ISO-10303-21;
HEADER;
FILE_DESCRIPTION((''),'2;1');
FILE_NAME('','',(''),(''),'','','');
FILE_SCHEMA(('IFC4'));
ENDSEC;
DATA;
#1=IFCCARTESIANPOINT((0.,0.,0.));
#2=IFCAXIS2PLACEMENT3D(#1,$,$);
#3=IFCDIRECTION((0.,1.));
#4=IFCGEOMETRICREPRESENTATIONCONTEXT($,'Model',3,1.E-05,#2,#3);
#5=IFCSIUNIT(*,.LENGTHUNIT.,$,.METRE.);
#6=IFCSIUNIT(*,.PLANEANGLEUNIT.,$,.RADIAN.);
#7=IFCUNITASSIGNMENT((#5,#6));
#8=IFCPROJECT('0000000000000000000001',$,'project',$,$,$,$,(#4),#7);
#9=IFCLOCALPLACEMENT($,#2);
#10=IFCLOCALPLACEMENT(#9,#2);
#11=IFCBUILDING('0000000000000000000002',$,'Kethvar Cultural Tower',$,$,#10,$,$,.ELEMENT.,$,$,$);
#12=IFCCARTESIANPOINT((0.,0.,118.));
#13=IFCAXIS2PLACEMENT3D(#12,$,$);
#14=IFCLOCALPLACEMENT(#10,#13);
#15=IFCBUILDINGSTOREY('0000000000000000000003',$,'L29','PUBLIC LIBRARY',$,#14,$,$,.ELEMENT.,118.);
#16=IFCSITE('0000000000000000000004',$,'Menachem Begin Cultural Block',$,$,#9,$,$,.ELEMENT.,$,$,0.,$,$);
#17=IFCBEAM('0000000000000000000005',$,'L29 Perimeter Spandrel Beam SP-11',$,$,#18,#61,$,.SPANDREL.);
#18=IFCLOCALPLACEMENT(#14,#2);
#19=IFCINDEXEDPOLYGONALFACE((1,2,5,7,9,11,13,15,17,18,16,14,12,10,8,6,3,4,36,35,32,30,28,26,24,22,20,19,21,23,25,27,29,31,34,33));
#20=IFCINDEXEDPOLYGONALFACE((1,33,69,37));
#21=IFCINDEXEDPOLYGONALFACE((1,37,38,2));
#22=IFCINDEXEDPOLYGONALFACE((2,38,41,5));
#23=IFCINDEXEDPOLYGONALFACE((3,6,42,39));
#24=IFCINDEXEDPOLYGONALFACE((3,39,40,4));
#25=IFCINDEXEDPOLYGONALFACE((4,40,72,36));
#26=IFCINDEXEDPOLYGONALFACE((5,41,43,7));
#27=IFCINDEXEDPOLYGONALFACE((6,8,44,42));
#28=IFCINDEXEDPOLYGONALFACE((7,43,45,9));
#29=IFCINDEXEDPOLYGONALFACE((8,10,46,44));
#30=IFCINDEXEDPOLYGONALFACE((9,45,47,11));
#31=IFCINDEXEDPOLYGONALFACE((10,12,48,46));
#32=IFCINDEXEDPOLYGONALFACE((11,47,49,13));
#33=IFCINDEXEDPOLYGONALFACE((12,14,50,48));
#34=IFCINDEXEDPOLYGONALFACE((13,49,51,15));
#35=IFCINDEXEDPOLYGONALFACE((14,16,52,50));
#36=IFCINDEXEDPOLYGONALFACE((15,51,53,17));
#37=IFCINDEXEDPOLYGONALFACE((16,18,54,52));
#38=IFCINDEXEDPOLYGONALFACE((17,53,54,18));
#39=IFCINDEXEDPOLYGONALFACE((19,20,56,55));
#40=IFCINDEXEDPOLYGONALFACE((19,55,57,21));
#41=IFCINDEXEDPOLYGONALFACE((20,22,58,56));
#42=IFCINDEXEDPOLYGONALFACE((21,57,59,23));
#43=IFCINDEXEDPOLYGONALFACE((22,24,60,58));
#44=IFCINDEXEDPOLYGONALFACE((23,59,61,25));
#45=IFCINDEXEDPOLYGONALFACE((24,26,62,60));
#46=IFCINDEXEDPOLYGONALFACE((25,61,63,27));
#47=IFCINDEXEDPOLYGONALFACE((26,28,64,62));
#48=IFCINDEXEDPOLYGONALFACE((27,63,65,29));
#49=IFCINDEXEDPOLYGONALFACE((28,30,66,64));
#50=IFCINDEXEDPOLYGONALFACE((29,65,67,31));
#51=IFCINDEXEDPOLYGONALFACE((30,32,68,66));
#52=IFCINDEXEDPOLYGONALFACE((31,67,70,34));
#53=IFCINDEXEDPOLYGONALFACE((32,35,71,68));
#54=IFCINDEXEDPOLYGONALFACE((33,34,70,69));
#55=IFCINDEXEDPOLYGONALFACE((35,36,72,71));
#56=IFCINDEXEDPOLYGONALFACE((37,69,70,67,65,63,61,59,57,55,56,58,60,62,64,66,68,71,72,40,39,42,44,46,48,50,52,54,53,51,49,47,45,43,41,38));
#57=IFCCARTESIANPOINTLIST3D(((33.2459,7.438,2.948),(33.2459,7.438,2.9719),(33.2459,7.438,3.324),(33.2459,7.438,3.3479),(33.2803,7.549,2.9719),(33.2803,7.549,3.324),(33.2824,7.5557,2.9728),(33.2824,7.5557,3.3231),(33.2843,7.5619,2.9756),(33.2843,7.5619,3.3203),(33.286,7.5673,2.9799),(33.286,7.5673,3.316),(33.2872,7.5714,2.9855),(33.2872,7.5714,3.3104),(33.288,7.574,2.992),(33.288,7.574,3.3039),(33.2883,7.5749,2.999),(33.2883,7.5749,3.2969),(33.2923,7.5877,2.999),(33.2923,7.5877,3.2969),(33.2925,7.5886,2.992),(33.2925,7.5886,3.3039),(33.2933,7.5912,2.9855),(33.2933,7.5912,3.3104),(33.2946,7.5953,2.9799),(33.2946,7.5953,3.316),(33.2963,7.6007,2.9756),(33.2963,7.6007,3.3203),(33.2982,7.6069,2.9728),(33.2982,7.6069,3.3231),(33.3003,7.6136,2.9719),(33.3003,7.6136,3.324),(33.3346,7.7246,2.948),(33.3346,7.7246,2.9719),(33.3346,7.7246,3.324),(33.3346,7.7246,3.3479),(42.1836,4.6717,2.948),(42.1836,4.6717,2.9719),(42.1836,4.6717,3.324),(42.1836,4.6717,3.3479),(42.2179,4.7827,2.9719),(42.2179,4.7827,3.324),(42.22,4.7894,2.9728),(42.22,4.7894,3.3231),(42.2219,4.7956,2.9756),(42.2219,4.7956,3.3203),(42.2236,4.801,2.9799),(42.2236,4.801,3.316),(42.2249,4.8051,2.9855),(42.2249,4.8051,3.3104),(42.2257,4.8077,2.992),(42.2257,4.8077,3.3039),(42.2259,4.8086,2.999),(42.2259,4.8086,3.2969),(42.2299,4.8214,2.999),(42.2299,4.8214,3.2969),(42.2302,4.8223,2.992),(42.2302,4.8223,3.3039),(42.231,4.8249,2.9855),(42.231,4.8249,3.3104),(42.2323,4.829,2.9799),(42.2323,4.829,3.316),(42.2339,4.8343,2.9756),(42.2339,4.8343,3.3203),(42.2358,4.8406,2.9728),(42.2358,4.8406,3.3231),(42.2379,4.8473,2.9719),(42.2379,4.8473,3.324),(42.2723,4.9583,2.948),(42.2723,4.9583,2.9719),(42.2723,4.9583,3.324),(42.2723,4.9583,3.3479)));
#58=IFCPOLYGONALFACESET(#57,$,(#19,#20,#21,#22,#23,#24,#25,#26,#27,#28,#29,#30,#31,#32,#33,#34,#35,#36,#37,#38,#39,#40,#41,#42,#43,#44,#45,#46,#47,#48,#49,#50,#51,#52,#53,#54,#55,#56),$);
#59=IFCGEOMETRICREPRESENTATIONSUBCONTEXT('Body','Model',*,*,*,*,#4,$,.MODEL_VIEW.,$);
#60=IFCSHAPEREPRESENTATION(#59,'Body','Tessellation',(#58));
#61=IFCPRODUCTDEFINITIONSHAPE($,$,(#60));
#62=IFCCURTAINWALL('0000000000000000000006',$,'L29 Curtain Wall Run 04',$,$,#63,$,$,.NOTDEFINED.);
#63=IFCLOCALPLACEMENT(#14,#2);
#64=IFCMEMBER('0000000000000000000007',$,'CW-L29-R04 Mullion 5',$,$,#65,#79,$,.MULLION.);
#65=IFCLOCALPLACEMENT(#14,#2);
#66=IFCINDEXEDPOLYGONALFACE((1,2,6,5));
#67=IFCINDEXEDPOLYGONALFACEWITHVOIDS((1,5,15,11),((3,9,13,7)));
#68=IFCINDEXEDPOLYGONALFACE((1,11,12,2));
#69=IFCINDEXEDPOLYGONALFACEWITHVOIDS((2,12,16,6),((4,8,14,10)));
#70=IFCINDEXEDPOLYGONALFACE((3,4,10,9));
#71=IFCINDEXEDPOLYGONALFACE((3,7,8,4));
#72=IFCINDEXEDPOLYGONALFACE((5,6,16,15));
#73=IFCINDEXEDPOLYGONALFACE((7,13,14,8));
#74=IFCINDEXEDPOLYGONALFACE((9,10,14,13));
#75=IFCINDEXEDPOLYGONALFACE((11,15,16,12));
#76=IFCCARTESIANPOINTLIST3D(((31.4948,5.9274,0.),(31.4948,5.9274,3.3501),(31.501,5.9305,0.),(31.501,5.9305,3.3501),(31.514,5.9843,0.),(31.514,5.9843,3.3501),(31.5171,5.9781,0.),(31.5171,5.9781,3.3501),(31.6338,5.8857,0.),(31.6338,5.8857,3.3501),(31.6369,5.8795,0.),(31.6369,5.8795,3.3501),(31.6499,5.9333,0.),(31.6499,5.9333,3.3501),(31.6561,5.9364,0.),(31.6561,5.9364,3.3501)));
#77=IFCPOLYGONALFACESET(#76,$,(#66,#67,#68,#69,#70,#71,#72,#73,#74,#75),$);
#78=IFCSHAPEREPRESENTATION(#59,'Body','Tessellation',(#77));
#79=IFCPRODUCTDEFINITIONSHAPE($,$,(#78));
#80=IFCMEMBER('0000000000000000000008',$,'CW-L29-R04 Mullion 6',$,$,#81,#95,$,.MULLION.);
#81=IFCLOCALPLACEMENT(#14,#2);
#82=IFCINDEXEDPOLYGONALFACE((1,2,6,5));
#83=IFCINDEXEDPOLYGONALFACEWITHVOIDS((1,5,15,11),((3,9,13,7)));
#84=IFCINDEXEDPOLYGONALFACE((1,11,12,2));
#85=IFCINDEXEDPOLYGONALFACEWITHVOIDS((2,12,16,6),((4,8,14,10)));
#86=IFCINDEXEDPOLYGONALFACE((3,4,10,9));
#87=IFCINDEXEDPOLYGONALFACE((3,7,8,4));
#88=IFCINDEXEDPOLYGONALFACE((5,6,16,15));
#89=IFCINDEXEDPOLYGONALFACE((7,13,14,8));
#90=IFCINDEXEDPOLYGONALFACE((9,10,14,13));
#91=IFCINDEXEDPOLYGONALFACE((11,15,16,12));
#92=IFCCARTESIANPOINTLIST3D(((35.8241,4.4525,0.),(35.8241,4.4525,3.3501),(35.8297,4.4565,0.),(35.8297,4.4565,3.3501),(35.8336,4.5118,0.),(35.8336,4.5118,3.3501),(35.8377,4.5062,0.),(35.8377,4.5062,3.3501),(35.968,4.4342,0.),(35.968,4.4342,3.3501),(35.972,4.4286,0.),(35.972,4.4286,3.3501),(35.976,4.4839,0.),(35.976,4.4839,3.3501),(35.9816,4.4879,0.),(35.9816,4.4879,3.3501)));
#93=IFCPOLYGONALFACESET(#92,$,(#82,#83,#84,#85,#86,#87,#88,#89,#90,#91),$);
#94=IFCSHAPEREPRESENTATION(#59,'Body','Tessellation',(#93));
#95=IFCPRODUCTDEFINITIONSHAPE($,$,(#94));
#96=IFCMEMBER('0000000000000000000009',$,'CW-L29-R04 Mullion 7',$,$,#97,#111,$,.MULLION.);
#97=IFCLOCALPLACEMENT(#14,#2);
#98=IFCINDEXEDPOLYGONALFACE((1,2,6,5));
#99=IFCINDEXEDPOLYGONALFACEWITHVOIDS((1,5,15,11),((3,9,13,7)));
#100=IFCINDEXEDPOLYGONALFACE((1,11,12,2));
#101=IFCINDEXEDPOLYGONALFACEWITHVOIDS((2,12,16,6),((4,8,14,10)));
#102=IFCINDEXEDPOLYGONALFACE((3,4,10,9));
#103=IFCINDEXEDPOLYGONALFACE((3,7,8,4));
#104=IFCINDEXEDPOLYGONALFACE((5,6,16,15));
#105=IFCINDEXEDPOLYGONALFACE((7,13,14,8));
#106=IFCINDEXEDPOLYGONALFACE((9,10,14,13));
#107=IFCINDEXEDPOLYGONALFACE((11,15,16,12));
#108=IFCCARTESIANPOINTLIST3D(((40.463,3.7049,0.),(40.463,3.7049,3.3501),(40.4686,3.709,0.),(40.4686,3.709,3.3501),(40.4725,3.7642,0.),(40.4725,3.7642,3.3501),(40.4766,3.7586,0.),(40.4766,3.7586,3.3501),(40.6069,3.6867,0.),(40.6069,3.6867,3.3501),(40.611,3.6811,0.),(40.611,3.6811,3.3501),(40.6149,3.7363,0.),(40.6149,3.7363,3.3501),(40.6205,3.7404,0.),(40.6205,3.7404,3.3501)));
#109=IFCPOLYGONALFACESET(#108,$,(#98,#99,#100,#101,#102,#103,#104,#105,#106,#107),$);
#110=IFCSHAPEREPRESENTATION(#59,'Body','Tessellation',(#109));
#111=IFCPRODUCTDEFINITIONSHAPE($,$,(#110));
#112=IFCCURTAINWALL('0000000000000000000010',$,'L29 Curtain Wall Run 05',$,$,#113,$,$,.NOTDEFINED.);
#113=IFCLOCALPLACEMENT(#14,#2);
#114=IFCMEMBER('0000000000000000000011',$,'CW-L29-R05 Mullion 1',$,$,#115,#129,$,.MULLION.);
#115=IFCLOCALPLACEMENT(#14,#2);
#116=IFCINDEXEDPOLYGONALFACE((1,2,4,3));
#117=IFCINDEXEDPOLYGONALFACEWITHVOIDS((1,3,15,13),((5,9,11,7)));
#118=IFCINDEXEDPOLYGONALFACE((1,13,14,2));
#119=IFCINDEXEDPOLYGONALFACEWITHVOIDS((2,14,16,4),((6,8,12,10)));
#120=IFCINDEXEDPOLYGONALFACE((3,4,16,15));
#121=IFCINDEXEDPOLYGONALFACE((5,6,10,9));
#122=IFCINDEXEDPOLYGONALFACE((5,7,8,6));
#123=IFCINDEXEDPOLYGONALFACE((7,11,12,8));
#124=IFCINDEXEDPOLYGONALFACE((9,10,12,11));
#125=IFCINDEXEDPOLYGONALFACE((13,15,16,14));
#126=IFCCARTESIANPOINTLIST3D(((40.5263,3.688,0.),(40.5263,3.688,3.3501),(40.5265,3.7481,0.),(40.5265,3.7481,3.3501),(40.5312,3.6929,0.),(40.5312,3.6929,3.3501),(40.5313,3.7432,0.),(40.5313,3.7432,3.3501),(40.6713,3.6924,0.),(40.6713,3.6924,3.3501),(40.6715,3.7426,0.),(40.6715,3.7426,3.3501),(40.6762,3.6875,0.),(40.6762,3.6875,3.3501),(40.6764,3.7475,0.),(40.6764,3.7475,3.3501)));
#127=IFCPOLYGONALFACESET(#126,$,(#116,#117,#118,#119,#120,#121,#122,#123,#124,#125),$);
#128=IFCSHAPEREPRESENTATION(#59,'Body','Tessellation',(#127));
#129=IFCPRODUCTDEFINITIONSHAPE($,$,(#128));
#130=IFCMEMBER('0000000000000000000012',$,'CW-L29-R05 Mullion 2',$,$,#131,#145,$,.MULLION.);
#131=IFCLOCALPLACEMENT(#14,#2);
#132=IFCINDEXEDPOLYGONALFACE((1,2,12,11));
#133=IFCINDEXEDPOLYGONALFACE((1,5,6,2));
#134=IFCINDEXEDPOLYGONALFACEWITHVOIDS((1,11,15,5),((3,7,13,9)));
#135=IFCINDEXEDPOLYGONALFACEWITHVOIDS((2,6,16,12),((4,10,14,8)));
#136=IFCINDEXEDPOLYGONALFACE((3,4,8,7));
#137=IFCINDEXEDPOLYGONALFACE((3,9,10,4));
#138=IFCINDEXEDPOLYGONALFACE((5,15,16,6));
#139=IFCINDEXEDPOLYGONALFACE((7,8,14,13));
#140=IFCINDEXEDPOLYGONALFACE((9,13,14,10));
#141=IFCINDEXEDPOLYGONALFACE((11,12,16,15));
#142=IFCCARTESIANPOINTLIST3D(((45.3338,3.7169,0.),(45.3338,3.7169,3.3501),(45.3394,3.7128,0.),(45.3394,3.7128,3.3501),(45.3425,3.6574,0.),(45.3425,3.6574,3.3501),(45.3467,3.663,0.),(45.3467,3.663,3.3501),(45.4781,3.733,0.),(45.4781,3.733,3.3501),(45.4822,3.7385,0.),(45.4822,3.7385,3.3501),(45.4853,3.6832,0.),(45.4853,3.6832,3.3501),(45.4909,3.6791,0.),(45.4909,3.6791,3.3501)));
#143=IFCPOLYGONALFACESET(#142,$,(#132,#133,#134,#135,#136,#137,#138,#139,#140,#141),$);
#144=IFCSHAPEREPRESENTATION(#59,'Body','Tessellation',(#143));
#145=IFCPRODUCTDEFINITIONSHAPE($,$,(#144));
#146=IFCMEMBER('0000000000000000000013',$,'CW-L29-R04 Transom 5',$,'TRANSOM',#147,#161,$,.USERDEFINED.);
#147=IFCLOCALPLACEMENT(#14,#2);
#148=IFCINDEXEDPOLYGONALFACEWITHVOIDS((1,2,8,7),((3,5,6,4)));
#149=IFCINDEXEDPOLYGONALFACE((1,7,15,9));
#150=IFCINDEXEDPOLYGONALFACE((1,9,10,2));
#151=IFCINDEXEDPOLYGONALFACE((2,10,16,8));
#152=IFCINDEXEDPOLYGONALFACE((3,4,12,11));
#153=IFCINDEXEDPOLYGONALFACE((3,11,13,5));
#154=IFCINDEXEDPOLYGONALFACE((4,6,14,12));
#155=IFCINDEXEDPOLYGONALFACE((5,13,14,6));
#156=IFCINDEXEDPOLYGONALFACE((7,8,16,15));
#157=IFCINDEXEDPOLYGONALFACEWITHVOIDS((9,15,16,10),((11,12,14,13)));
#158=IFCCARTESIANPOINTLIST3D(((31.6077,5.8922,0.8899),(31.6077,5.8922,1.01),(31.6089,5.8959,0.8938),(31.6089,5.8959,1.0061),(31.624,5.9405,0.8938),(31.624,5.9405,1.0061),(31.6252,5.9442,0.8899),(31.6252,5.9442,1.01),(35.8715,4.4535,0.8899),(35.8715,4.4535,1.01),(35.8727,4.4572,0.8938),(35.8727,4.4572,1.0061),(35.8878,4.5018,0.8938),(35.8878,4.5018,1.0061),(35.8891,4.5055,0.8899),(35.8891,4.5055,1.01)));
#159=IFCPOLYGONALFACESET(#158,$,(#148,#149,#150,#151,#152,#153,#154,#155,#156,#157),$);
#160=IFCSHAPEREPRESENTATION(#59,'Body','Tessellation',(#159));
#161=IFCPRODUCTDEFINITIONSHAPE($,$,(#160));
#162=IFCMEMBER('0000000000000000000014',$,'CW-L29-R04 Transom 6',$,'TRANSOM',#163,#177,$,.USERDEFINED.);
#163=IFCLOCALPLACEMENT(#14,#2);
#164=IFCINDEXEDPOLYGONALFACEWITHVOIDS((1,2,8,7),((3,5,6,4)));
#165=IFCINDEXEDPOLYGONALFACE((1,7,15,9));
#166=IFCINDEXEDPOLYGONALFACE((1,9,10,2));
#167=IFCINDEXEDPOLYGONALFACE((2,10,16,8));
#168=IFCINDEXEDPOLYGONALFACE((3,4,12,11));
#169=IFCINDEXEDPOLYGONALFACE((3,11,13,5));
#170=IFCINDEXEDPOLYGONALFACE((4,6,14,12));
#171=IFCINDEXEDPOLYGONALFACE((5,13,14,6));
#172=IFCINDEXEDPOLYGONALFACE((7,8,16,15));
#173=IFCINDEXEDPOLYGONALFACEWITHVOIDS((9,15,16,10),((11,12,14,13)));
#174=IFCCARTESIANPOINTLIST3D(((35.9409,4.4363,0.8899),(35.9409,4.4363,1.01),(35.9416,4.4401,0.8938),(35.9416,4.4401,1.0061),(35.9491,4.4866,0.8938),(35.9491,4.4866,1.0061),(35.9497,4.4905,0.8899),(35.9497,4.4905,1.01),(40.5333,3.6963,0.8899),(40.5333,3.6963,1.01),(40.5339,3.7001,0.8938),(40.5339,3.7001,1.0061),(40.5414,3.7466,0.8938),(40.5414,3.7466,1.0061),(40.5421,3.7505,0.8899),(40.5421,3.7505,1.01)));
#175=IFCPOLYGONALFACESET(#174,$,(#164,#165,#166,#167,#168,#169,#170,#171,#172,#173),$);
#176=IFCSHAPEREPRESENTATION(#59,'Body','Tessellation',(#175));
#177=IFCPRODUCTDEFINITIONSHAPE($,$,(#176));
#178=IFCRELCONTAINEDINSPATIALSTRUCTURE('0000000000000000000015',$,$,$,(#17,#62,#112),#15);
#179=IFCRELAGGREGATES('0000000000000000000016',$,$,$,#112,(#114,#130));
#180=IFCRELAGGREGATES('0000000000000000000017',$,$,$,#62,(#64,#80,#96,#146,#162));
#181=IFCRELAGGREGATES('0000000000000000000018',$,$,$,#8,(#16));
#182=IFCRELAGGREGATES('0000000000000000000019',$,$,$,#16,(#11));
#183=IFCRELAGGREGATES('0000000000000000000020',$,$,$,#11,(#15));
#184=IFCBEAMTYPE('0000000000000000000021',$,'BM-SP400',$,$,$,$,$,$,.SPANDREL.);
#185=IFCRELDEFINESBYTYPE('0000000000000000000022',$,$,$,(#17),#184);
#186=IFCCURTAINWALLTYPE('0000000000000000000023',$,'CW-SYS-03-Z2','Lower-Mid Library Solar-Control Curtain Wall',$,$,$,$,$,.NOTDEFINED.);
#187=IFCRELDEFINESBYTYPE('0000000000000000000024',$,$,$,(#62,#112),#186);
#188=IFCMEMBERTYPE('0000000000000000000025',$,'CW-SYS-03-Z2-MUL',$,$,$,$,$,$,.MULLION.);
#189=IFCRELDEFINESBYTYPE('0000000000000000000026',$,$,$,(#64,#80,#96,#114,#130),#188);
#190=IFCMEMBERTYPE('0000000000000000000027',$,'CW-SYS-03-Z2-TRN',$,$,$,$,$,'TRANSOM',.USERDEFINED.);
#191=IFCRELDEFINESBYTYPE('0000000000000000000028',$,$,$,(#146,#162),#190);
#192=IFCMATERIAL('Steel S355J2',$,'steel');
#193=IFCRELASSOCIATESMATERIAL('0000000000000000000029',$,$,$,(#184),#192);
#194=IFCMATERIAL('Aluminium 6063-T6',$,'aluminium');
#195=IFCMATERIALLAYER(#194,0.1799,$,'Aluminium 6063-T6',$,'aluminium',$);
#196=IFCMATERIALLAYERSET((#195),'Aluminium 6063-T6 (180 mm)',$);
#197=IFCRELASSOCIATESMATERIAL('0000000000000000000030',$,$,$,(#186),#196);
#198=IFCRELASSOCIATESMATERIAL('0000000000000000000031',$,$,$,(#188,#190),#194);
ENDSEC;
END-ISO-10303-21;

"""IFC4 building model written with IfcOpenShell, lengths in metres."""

from ifc_helpers import new_model, si_unit, direction, frame, origin, origin_2d, place, context, subcontext, project, spatial, hollow_rectangle, i_section, extrude, source, transform, mapped, material, layer, layer_set, material_profile, profile_set, type_object, element, aggregate, save


model = new_model("IFC4")

# Units and contexts
model_context = context("Model", 3, precision=1e-05, world=origin(), true_north=direction((0.0, 1.0)))
body_context = subcontext(model_context, "Body", "Model", "MODEL_VIEW")
ifc_project = project(units=[si_unit("LENGTHUNIT", "METRE"), si_unit("PLANEANGLEUNIT", "RADIAN")], contexts=[model_context])

# Site, building, storey
site_placement = place(None, origin())
site = spatial("IfcSite", under=ifc_project, at=site_placement, Name="Menachem Begin Cultural Block", CompositionType="ELEMENT", RefElevation=0.0)
building_placement = place(site_placement, origin())
building = spatial("IfcBuilding", under=site, at=building_placement, Name="Kethvar Cultural Tower", CompositionType="ELEMENT")
storey_placement = place(building_placement, frame((0.0, 0.0, 118.0)))
storey = spatial("IfcBuildingStorey", under=building, at=storey_placement, Name="L29", Description="PUBLIC LIBRARY", CompositionType="ELEMENT", Elevation=118.0)

# Beam
ifc_material_1 = material(Name="Steel S355J2", Category="steel")
ifc_material_profile_1 = material_profile(ifc_material_1, i_section(OverallWidth=0.3, OverallDepth=0.3999, WebThickness=0.0134, FlangeThickness=0.0239, FilletRadius=0.0271, at=origin_2d()), Name="Steel S355J2 — HEB400")
ifc_profile_set_1 = profile_set([ifc_material_profile_1], Name="Steel S355J2 — HEB400")
beam_type_1 = type_object("IfcBeamType", Name="BM-SP400", PredefinedType="SPANDREL", material=ifc_profile_set_1)
shared_shape_1 = source(origin(), body_context, "Body", "SweptSolid", [
    extrude(i_section(OverallWidth=0.3, OverallDepth=0.3999, WebThickness=0.0134, FlangeThickness=0.0239, FilletRadius=0.0271, at=origin_2d()), origin(), (0.0, 0.0, 1.0), 9.356),
])
beam_1_placement = place(storey_placement, frame((33.2903, 7.5813, 3.1479), z_axis=(0.955289, -0.295675, 0.0), x_axis=(0.295675, 0.955289, 0.0)))
element("IfcBeam", 1, at=beam_1_placement, inside=storey, type_object=beam_type_1, Name="L29 Perimeter Spandrel Beam SP-11", PredefinedType="SPANDREL", context=body_context, shape_type="MappedRepresentation", body=[
    mapped(shared_shape_1, transform((0.0, 0.0, 0.0), scale=1.0)),
])

# Curtain walls, members
ifc_material_2 = material(Name="Aluminium 6063-T6", Category="aluminium")
ifc_layer_1 = layer(ifc_material_2, 0.1799, Name="Aluminium 6063-T6", Category="aluminium")
ifc_layer_set_1 = layer_set([ifc_layer_1], Name="Aluminium 6063-T6 (180 mm)")
curtain_wall_type = type_object("IfcCurtainWallType", Name="CW-SYS-03-Z2", Description="Lower-Mid Library Solar-Control Curtain Wall", PredefinedType="NOTDEFINED", material=ifc_layer_set_1)
curtain_wall_1_placement = place(storey_placement, origin())
curtain_wall_1 = element("IfcCurtainWall", 2, at=curtain_wall_1_placement, inside=storey, type_object=curtain_wall_type, Name="L29 Curtain Wall Run 04", PredefinedType="NOTDEFINED")
ifc_material_profile_2 = material_profile(ifc_material_2, hollow_rectangle(XDim=0.0601, YDim=0.1499, WallThickness=0.0049, at=origin_2d()), Name="Aluminium 6063-T6 — RHS150x60x5")
ifc_profile_set_2 = profile_set([ifc_material_profile_2], Name="Aluminium 6063-T6 — RHS150x60x5")
member_type_1 = type_object("IfcMemberType", Name="CW-SYS-03-Z2-MUL", PredefinedType="MULLION", material=ifc_profile_set_2)
shared_shape_2 = source(origin(), body_context, "Body", "SweptSolid", [
    extrude(hollow_rectangle(XDim=0.0601, YDim=0.1499, WallThickness=0.0049, at=origin_2d()), origin(), (0.0, 0.0, 1.0), 3.3501),
])
member_1_placement = place(storey_placement, frame((31.5754, 5.9319, 0.0), z_axis=(0.0, 0.0, 1.0), x_axis=(0.319687, 0.947523, 0.0)))
member_1 = element("IfcMember", 3, at=member_1_placement, type_object=member_type_1, Name="CW-L29-R04 Mullion 5", PredefinedType="MULLION", context=body_context, shape_type="MappedRepresentation", body=[
    mapped(shared_shape_2, transform((0.0, 0.0, 0.0), scale=1.0)),
])
member_2_placement = place(storey_placement, frame((35.9028, 4.4702, 0.0), z_axis=(0.0, 0.0, 1.0), x_axis=(0.159123, 0.987259, 0.0)))
member_2 = element("IfcMember", 4, at=member_2_placement, type_object=member_type_1, Name="CW-L29-R04 Mullion 6", PredefinedType="MULLION", context=body_context, shape_type="MappedRepresentation", body=[
    mapped(shared_shape_2, transform((0.0, 0.0, 0.0), scale=1.0)),
])
member_3_placement = place(storey_placement, frame((40.5417, 3.7227, 0.0), z_axis=(0.0, 0.0, 1.0), x_axis=(0.159123, 0.987259, 0.0)))
member_3 = element("IfcMember", 5, at=member_3_placement, type_object=member_type_1, Name="CW-L29-R04 Mullion 7", PredefinedType="MULLION", context=body_context, shape_type="MappedRepresentation", body=[
    mapped(shared_shape_2, transform((0.0, 0.0, 0.0), scale=1.0)),
])
curtain_wall_2_placement = place(storey_placement, origin())
curtain_wall_2 = element("IfcCurtainWall", 6, at=curtain_wall_2_placement, inside=storey, type_object=curtain_wall_type, Name="L29 Curtain Wall Run 05", PredefinedType="NOTDEFINED")
member_4_placement = place(storey_placement, frame((40.6013, 3.7178, 0.0), z_axis=(0.0, 0.0, 1.0), x_axis=(0.003857, 0.999993, 0.0)))
member_4 = element("IfcMember", 7, at=member_4_placement, type_object=member_type_1, Name="CW-L29-R05 Mullion 1", PredefinedType="MULLION", context=body_context, shape_type="MappedRepresentation", body=[
    mapped(shared_shape_2, transform((0.0, 0.0, 0.0), scale=1.0)),
])
member_5_placement = place(storey_placement, frame((45.4124, 3.698, 0.0), z_axis=(0.0, 0.0, 1.0), x_axis=(-0.144563, 0.989496, 0.0)))
member_5 = element("IfcMember", 8, at=member_5_placement, type_object=member_type_1, Name="CW-L29-R05 Mullion 2", PredefinedType="MULLION", context=body_context, shape_type="MappedRepresentation", body=[
    mapped(shared_shape_2, transform((0.0, 0.0, 0.0), scale=1.0)),
])

# Members
ifc_material_profile_3 = material_profile(ifc_material_2, hollow_rectangle(XDim=0.0549, YDim=0.1201, WallThickness=0.0039, at=origin_2d()), Name="Aluminium 6063-T6 — RHS120x55x4")
ifc_profile_set_3 = profile_set([ifc_material_profile_3], Name="Aluminium 6063-T6 — RHS120x55x4")
member_type_2 = type_object("IfcMemberType", Name="CW-SYS-03-Z2-TRN", ElementType="TRANSOM", PredefinedType="USERDEFINED", material=ifc_profile_set_3)
shared_shape_3 = source(origin(), body_context, "Body", "SweptSolid", [
    extrude(hollow_rectangle(XDim=0.0549, YDim=0.1201, WallThickness=0.0039, at=origin_2d()), origin(), (0.0, 0.0, 1.0), 4.5),
])
member_6_placement = place(storey_placement, frame((31.6165, 5.9182, 0.95), z_axis=(0.947516, -0.319709, 0.0), x_axis=(0.319709, 0.947516, 0.0)))
member_6 = element("IfcMember", 9, at=member_6_placement, type_object=member_type_2, Name="CW-L29-R04 Transom 5", ObjectType="TRANSOM", PredefinedType="USERDEFINED", context=body_context, shape_type="MappedRepresentation", body=[
    mapped(shared_shape_3, transform((0.0, 0.0, 0.0), scale=1.0)),
])
shared_shape_4 = source(origin(), body_context, "Body", "SweptSolid", [
    extrude(hollow_rectangle(XDim=0.0549, YDim=0.1201, WallThickness=0.0039, at=origin_2d()), origin(), (0.0, 0.0, 1.0), 4.6516),
])
member_7_placement = place(storey_placement, frame((35.9453, 4.4634, 0.95), z_axis=(0.987265, -0.159086, 0.0), x_axis=(0.159086, 0.987265, 0.0)))
member_7 = element("IfcMember", 10, at=member_7_placement, type_object=member_type_2, Name="CW-L29-R04 Transom 6", ObjectType="TRANSOM", PredefinedType="USERDEFINED", context=body_context, shape_type="MappedRepresentation", body=[
    mapped(shared_shape_4, transform((0.0, 0.0, 0.0), scale=1.0)),
])

aggregate(curtain_wall_2, [member_4, member_5])
aggregate(curtain_wall_1, [member_1, member_2, member_3, member_6, member_7])

save(model, "model.ifc")
